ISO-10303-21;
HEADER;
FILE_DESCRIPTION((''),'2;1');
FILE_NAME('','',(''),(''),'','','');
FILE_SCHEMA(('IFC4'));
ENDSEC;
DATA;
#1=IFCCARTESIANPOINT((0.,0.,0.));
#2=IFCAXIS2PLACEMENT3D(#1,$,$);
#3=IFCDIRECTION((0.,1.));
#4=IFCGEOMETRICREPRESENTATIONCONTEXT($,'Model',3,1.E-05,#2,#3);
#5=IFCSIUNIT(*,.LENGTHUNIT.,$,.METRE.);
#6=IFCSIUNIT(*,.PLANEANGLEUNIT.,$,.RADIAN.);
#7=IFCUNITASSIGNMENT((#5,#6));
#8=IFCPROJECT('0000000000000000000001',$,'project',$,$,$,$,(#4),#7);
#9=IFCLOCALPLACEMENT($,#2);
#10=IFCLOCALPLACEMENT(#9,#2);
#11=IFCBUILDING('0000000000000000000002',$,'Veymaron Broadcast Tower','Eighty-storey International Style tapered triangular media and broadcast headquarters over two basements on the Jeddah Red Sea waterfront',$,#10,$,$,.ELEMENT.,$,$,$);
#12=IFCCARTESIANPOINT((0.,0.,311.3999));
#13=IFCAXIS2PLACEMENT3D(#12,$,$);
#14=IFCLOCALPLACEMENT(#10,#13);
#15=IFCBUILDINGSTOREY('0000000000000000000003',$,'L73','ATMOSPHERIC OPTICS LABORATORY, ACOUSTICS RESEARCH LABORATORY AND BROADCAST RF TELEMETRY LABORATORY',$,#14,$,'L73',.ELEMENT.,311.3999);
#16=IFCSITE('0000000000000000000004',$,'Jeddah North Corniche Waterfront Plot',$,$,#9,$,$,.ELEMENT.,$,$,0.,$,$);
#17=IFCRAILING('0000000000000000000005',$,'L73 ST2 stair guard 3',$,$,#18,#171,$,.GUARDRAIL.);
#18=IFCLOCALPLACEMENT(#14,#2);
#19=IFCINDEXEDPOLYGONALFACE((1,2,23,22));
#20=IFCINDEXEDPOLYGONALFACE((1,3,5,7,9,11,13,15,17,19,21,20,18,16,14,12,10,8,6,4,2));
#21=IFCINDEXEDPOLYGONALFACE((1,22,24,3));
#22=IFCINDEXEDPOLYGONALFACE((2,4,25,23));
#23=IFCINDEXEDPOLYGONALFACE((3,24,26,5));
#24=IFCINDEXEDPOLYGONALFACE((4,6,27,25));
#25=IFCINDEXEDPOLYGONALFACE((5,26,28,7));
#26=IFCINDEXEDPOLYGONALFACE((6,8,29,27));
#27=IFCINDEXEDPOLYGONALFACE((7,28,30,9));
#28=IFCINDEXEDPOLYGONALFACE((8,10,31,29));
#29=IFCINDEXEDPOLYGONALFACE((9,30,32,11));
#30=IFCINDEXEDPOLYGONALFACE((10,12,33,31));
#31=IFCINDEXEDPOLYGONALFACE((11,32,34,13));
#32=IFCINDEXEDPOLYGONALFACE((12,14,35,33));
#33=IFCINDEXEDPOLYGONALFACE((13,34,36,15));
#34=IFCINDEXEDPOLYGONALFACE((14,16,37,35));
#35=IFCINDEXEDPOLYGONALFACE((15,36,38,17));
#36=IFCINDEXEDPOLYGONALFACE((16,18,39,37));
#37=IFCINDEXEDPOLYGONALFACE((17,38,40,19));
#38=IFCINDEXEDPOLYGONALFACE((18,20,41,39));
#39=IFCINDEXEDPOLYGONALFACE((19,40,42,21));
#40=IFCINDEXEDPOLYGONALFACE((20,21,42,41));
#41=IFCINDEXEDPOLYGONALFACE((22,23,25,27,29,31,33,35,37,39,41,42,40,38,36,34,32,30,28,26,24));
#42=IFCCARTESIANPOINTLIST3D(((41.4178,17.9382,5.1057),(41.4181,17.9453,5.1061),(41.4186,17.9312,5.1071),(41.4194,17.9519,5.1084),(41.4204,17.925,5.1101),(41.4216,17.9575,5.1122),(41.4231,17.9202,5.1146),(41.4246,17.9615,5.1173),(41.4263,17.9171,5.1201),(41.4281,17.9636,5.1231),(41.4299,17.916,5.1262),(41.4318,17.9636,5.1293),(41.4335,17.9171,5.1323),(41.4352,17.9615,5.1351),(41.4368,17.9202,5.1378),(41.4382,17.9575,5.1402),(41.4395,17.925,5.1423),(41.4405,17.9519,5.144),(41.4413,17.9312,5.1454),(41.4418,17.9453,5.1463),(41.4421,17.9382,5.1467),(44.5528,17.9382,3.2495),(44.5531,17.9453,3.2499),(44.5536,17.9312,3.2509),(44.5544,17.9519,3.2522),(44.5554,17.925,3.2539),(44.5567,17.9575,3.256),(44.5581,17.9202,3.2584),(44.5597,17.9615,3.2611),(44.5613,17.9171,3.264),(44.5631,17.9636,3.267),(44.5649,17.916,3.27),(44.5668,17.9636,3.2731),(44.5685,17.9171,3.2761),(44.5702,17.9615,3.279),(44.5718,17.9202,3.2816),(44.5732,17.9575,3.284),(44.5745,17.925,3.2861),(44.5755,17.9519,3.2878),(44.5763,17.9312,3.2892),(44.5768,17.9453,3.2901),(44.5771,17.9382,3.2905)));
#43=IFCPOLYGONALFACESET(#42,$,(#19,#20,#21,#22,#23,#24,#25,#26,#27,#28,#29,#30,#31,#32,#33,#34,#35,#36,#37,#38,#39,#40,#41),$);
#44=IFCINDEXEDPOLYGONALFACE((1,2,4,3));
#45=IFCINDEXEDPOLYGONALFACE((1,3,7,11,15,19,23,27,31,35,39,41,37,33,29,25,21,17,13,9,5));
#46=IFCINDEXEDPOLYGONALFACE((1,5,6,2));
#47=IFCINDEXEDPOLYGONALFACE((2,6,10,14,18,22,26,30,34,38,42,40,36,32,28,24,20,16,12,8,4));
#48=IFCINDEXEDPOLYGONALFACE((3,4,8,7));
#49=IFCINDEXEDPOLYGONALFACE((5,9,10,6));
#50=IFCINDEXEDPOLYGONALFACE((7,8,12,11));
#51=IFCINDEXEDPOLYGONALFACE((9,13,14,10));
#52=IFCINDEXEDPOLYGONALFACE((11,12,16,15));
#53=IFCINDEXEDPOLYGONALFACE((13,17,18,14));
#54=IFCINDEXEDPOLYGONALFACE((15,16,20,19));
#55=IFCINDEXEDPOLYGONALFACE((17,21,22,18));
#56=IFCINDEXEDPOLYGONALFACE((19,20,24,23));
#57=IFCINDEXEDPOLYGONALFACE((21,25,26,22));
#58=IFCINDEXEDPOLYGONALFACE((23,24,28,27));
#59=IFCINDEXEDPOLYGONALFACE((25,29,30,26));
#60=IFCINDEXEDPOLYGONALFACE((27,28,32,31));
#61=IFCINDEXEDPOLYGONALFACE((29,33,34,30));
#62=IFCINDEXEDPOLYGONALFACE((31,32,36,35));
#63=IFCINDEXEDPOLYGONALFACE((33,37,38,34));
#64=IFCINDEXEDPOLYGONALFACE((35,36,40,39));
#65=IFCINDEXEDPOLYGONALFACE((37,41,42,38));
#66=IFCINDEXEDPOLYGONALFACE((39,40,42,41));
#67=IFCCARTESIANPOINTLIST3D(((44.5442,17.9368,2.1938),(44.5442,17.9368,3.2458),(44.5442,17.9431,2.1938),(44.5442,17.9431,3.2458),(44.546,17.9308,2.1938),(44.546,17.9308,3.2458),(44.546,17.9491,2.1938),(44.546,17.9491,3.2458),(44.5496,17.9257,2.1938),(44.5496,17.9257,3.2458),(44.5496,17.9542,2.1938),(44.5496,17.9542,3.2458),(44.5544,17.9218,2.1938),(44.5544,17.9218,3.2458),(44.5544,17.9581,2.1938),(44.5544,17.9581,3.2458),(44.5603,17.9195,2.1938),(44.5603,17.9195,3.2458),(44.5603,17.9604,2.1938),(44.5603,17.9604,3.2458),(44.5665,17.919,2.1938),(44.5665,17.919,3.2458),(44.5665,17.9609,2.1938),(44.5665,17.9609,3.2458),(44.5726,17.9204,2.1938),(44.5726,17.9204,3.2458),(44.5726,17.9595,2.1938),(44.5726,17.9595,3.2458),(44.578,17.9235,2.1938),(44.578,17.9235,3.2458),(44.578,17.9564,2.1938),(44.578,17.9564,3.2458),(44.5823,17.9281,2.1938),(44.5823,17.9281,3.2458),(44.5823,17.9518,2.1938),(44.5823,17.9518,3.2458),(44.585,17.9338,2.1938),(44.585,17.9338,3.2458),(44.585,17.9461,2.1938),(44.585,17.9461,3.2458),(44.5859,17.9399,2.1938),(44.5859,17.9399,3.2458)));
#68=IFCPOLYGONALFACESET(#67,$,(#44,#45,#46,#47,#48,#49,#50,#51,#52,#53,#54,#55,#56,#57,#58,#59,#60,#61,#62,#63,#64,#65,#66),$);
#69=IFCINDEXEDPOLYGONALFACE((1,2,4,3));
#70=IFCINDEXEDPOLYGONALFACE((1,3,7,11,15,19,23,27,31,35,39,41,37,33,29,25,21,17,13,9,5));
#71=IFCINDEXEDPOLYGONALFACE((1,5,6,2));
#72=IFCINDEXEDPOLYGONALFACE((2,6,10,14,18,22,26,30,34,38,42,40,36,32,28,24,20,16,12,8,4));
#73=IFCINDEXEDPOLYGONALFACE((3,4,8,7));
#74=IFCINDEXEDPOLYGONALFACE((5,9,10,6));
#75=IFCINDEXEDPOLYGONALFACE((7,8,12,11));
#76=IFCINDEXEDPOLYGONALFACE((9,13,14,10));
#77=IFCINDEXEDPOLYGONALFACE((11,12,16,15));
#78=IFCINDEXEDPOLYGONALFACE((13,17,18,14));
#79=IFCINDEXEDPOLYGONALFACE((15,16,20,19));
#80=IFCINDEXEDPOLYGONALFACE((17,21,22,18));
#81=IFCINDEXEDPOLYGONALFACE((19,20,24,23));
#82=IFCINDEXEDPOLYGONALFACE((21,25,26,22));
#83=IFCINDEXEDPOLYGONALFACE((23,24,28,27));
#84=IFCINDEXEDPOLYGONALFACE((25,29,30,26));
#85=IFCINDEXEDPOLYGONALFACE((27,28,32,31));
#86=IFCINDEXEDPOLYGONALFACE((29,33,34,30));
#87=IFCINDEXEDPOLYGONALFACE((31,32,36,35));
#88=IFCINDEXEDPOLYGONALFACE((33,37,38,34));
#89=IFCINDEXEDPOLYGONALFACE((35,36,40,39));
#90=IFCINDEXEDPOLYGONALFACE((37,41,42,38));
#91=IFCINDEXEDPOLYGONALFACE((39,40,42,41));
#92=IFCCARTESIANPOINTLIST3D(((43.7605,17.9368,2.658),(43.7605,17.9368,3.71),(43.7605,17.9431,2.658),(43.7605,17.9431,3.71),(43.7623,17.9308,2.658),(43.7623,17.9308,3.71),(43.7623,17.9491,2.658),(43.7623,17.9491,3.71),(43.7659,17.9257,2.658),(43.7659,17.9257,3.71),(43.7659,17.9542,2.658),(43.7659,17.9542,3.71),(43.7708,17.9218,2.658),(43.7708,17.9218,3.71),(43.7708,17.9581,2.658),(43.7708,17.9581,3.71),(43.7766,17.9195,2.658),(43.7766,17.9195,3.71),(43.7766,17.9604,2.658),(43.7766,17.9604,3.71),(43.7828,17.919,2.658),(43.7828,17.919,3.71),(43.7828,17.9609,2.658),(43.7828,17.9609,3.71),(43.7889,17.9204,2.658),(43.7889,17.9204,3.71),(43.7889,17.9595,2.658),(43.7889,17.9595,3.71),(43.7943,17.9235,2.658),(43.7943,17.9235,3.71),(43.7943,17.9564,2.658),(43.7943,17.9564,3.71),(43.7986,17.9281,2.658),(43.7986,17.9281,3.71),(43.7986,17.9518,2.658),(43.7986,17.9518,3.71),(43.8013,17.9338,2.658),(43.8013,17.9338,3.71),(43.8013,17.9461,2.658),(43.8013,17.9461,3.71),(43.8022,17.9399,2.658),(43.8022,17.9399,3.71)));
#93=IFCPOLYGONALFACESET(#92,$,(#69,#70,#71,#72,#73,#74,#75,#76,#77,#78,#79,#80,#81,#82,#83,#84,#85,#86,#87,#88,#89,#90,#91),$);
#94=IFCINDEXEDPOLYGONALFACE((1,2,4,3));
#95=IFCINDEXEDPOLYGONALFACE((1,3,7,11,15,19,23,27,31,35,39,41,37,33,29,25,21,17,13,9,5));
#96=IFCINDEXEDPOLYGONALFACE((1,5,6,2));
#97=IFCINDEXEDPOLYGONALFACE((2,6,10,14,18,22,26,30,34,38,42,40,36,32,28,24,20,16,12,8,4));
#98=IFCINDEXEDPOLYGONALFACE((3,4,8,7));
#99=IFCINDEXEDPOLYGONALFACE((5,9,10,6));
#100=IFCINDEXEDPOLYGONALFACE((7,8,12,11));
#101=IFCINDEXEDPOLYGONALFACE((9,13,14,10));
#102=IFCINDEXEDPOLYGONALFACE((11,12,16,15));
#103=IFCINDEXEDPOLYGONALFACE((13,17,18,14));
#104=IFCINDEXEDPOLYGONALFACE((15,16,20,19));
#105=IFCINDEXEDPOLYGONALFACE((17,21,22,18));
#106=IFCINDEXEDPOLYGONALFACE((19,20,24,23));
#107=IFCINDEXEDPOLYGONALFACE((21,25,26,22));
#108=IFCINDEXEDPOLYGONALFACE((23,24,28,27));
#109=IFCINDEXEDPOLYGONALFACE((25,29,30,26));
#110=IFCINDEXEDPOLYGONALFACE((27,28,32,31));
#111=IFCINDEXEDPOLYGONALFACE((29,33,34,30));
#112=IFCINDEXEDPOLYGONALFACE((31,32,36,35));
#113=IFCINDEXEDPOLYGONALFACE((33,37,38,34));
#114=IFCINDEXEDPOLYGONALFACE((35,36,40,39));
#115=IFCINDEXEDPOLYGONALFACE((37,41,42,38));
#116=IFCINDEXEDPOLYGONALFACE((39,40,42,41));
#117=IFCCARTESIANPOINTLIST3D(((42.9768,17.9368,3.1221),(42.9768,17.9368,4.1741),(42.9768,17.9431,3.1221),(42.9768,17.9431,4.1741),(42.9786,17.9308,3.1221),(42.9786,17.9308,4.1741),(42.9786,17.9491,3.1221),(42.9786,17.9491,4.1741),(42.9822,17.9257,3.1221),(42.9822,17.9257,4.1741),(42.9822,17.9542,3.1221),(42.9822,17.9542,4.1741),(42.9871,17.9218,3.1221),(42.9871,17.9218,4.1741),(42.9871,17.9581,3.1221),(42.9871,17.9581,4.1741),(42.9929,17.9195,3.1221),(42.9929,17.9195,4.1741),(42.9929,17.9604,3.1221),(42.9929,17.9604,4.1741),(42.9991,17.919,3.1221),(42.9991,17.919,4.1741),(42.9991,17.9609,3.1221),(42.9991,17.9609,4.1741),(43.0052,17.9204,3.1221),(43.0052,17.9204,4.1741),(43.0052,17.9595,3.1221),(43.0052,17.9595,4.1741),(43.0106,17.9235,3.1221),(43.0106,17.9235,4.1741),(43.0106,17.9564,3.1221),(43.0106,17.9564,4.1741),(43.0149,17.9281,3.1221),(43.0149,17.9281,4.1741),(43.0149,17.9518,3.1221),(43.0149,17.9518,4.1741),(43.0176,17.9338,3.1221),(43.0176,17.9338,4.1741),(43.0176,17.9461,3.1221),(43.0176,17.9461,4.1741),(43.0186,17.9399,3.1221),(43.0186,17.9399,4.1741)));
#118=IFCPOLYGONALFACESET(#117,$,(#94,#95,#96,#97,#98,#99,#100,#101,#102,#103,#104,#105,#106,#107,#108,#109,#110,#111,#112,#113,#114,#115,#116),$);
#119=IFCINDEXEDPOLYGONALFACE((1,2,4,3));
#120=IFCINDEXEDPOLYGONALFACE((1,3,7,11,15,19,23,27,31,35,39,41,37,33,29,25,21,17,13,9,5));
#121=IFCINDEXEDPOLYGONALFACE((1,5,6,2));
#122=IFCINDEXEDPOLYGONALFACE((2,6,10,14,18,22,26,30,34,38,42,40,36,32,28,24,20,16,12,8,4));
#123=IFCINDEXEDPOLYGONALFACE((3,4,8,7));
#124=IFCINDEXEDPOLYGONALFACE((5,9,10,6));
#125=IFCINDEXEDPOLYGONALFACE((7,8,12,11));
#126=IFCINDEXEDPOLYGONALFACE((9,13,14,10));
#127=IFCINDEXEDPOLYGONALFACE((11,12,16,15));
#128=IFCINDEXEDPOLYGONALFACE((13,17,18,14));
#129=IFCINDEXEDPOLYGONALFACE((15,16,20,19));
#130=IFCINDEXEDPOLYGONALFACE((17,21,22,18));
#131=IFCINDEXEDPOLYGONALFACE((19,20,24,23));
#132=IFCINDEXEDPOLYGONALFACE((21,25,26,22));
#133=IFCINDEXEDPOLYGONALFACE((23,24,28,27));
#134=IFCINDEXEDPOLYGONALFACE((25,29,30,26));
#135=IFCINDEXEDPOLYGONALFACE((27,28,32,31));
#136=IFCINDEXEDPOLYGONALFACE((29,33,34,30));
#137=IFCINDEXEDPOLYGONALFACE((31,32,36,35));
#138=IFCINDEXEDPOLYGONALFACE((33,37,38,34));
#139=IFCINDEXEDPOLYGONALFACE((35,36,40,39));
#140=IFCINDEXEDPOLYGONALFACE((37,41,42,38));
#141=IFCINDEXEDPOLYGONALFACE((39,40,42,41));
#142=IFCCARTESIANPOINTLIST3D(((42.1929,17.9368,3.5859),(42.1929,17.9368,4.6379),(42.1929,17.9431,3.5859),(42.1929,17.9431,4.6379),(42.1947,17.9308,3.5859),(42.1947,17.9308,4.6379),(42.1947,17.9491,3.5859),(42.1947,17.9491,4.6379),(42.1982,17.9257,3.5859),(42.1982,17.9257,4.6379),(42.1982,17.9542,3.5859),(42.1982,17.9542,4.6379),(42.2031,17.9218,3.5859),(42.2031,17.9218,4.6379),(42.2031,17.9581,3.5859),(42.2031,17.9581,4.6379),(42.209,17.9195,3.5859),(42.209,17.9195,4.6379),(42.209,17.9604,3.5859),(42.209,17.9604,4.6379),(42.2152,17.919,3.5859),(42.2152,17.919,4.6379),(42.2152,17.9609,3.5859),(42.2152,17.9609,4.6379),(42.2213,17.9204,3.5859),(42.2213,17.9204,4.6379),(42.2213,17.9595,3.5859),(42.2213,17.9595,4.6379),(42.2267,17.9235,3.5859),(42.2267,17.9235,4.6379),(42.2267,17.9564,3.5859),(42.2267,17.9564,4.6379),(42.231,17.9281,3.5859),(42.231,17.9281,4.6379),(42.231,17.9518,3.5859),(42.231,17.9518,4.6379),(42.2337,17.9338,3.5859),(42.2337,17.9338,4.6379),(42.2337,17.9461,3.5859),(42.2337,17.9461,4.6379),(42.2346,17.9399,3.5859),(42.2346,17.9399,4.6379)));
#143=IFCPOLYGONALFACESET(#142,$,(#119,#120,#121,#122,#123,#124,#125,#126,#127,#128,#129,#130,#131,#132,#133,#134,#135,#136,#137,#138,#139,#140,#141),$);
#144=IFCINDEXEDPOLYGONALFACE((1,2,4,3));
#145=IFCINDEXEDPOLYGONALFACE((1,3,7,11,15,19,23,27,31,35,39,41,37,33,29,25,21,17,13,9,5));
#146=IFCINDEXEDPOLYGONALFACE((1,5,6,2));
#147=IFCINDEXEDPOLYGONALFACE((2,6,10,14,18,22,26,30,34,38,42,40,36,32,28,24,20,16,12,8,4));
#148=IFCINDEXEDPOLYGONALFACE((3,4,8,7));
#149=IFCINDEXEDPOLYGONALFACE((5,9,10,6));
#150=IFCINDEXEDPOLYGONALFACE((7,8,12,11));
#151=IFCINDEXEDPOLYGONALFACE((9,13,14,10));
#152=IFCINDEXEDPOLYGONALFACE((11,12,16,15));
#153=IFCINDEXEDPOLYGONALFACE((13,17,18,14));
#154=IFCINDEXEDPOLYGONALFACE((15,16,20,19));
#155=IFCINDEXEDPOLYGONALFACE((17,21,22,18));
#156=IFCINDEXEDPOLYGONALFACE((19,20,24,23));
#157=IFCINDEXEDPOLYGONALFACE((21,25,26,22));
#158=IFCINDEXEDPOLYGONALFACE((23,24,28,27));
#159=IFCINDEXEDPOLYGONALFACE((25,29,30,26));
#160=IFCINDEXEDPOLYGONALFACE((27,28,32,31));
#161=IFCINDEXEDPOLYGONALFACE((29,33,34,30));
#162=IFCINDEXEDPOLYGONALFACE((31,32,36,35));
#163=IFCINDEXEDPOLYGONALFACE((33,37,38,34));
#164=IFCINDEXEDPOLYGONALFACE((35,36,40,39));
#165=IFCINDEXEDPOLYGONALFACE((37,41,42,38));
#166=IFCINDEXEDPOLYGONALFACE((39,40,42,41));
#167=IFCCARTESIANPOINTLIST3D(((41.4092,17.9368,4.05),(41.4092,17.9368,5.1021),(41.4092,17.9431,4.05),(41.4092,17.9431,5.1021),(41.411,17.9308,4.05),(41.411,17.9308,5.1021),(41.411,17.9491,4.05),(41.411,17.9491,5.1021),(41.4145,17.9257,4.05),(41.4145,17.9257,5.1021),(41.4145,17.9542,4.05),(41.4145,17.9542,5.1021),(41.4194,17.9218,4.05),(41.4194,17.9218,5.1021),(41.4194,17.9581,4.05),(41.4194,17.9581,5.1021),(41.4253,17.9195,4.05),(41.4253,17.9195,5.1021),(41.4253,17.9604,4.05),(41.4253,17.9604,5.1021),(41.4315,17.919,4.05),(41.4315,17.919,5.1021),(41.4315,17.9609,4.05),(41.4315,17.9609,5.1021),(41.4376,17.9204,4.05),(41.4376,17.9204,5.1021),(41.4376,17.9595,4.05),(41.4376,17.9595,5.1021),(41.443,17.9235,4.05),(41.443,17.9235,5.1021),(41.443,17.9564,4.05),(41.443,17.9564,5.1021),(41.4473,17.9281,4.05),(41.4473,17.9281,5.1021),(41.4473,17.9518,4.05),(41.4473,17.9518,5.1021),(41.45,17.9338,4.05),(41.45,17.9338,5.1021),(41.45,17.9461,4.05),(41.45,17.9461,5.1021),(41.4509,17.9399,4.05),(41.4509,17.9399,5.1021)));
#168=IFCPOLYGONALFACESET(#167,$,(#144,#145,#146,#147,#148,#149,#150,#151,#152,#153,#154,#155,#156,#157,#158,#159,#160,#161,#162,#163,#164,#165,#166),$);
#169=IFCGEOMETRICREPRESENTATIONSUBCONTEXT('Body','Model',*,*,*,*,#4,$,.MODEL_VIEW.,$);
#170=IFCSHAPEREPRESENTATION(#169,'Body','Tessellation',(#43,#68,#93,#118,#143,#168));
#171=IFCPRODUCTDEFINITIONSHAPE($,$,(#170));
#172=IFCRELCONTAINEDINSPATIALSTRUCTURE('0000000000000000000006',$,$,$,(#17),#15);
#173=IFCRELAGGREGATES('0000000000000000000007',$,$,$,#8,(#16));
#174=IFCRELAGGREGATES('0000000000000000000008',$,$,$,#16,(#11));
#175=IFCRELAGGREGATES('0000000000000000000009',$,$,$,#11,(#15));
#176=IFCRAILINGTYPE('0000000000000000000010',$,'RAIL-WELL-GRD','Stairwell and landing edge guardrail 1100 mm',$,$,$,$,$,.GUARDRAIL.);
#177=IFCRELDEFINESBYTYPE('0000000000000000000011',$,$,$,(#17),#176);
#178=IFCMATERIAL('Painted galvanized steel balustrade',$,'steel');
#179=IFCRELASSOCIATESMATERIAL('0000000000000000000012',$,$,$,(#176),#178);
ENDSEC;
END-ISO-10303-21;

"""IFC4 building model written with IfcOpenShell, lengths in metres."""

from ifc_helpers import new_model, si_unit, direction, frame, origin, origin_2d, place, context, subcontext, project, spatial, circle, extrude, material, type_object, element, save


model = new_model("IFC4")

# Units and contexts
model_context = context("Model", 3, precision=1e-05, world=origin(), true_north=direction((0.0, 1.0)))
body_context = subcontext(model_context, "Body", "Model", "MODEL_VIEW")
ifc_project = project(units=[si_unit("LENGTHUNIT", "METRE"), si_unit("PLANEANGLEUNIT", "RADIAN")], contexts=[model_context])

# Site, building, storey
site_placement = place(None, origin())
site = spatial("IfcSite", under=ifc_project, at=site_placement, Name="Jeddah North Corniche Waterfront Plot", CompositionType="ELEMENT", RefElevation=0.0)
building_placement = place(site_placement, origin())
building = spatial("IfcBuilding", under=site, at=building_placement, Name="Veymaron Broadcast Tower", Description="Eighty-storey International Style tapered triangular media and broadcast headquarters over two basements on the Jeddah Red Sea waterfront", CompositionType="ELEMENT")
storey_placement = place(building_placement, frame((0.0, 0.0, 311.3999)))
storey = spatial("IfcBuildingStorey", under=building, at=storey_placement, Name="L73", Description="ATMOSPHERIC OPTICS LABORATORY, ACOUSTICS RESEARCH LABORATORY AND BROADCAST RF TELEMETRY LABORATORY", LongName="L73", CompositionType="ELEMENT", Elevation=311.3999)

# Railing
ifc_material_1 = material(Name="Painted galvanized steel balustrade", Category="steel")
railing_type_1 = type_object("IfcRailingType", Name="RAIL-WELL-GRD", Description="Stairwell and landing edge guardrail 1100 mm", PredefinedType="GUARDRAIL", material=ifc_material_1)
railing_1_placement = place(storey_placement, frame((44.5649, 17.9399, 2.1938)))
element("IfcRailing", 1, at=railing_1_placement, inside=storey, type_object=railing_type_1, Name="L73 ST2 stair guard 3", PredefinedType="GUARDRAIL", context=body_context, shape_type="SweptSolid", body=[
    extrude(circle(Radius=0.0239, at=origin_2d()), frame((0.0, 0.0, 1.0762), z_axis=(-0.860482, 0.0, 0.509481), x_axis=(0.0, -1.0, 0.0)), (0.0, 0.0, 1.0), 3.6433),
    extrude(circle(Radius=0.021, at=origin_2d()), origin(), (0.0, 0.0, 1.0), 1.052),
    extrude(circle(Radius=0.021, at=origin_2d()), frame((-0.7837, 0.0, 0.4641)), (0.0, 0.0, 1.0), 1.052),
    extrude(circle(Radius=0.021, at=origin_2d()), frame((-1.5674, 0.0, 0.9282)), (0.0, 0.0, 1.0), 1.052),
    extrude(circle(Radius=0.021, at=origin_2d()), frame((-2.3513, 0.0, 1.3921)), (0.0, 0.0, 1.0), 1.052),
    extrude(circle(Radius=0.021, at=origin_2d()), frame((-3.135, 0.0, 1.8562)), (0.0, 0.0, 1.0), 1.052),
])

save(model, "model.ifc")
